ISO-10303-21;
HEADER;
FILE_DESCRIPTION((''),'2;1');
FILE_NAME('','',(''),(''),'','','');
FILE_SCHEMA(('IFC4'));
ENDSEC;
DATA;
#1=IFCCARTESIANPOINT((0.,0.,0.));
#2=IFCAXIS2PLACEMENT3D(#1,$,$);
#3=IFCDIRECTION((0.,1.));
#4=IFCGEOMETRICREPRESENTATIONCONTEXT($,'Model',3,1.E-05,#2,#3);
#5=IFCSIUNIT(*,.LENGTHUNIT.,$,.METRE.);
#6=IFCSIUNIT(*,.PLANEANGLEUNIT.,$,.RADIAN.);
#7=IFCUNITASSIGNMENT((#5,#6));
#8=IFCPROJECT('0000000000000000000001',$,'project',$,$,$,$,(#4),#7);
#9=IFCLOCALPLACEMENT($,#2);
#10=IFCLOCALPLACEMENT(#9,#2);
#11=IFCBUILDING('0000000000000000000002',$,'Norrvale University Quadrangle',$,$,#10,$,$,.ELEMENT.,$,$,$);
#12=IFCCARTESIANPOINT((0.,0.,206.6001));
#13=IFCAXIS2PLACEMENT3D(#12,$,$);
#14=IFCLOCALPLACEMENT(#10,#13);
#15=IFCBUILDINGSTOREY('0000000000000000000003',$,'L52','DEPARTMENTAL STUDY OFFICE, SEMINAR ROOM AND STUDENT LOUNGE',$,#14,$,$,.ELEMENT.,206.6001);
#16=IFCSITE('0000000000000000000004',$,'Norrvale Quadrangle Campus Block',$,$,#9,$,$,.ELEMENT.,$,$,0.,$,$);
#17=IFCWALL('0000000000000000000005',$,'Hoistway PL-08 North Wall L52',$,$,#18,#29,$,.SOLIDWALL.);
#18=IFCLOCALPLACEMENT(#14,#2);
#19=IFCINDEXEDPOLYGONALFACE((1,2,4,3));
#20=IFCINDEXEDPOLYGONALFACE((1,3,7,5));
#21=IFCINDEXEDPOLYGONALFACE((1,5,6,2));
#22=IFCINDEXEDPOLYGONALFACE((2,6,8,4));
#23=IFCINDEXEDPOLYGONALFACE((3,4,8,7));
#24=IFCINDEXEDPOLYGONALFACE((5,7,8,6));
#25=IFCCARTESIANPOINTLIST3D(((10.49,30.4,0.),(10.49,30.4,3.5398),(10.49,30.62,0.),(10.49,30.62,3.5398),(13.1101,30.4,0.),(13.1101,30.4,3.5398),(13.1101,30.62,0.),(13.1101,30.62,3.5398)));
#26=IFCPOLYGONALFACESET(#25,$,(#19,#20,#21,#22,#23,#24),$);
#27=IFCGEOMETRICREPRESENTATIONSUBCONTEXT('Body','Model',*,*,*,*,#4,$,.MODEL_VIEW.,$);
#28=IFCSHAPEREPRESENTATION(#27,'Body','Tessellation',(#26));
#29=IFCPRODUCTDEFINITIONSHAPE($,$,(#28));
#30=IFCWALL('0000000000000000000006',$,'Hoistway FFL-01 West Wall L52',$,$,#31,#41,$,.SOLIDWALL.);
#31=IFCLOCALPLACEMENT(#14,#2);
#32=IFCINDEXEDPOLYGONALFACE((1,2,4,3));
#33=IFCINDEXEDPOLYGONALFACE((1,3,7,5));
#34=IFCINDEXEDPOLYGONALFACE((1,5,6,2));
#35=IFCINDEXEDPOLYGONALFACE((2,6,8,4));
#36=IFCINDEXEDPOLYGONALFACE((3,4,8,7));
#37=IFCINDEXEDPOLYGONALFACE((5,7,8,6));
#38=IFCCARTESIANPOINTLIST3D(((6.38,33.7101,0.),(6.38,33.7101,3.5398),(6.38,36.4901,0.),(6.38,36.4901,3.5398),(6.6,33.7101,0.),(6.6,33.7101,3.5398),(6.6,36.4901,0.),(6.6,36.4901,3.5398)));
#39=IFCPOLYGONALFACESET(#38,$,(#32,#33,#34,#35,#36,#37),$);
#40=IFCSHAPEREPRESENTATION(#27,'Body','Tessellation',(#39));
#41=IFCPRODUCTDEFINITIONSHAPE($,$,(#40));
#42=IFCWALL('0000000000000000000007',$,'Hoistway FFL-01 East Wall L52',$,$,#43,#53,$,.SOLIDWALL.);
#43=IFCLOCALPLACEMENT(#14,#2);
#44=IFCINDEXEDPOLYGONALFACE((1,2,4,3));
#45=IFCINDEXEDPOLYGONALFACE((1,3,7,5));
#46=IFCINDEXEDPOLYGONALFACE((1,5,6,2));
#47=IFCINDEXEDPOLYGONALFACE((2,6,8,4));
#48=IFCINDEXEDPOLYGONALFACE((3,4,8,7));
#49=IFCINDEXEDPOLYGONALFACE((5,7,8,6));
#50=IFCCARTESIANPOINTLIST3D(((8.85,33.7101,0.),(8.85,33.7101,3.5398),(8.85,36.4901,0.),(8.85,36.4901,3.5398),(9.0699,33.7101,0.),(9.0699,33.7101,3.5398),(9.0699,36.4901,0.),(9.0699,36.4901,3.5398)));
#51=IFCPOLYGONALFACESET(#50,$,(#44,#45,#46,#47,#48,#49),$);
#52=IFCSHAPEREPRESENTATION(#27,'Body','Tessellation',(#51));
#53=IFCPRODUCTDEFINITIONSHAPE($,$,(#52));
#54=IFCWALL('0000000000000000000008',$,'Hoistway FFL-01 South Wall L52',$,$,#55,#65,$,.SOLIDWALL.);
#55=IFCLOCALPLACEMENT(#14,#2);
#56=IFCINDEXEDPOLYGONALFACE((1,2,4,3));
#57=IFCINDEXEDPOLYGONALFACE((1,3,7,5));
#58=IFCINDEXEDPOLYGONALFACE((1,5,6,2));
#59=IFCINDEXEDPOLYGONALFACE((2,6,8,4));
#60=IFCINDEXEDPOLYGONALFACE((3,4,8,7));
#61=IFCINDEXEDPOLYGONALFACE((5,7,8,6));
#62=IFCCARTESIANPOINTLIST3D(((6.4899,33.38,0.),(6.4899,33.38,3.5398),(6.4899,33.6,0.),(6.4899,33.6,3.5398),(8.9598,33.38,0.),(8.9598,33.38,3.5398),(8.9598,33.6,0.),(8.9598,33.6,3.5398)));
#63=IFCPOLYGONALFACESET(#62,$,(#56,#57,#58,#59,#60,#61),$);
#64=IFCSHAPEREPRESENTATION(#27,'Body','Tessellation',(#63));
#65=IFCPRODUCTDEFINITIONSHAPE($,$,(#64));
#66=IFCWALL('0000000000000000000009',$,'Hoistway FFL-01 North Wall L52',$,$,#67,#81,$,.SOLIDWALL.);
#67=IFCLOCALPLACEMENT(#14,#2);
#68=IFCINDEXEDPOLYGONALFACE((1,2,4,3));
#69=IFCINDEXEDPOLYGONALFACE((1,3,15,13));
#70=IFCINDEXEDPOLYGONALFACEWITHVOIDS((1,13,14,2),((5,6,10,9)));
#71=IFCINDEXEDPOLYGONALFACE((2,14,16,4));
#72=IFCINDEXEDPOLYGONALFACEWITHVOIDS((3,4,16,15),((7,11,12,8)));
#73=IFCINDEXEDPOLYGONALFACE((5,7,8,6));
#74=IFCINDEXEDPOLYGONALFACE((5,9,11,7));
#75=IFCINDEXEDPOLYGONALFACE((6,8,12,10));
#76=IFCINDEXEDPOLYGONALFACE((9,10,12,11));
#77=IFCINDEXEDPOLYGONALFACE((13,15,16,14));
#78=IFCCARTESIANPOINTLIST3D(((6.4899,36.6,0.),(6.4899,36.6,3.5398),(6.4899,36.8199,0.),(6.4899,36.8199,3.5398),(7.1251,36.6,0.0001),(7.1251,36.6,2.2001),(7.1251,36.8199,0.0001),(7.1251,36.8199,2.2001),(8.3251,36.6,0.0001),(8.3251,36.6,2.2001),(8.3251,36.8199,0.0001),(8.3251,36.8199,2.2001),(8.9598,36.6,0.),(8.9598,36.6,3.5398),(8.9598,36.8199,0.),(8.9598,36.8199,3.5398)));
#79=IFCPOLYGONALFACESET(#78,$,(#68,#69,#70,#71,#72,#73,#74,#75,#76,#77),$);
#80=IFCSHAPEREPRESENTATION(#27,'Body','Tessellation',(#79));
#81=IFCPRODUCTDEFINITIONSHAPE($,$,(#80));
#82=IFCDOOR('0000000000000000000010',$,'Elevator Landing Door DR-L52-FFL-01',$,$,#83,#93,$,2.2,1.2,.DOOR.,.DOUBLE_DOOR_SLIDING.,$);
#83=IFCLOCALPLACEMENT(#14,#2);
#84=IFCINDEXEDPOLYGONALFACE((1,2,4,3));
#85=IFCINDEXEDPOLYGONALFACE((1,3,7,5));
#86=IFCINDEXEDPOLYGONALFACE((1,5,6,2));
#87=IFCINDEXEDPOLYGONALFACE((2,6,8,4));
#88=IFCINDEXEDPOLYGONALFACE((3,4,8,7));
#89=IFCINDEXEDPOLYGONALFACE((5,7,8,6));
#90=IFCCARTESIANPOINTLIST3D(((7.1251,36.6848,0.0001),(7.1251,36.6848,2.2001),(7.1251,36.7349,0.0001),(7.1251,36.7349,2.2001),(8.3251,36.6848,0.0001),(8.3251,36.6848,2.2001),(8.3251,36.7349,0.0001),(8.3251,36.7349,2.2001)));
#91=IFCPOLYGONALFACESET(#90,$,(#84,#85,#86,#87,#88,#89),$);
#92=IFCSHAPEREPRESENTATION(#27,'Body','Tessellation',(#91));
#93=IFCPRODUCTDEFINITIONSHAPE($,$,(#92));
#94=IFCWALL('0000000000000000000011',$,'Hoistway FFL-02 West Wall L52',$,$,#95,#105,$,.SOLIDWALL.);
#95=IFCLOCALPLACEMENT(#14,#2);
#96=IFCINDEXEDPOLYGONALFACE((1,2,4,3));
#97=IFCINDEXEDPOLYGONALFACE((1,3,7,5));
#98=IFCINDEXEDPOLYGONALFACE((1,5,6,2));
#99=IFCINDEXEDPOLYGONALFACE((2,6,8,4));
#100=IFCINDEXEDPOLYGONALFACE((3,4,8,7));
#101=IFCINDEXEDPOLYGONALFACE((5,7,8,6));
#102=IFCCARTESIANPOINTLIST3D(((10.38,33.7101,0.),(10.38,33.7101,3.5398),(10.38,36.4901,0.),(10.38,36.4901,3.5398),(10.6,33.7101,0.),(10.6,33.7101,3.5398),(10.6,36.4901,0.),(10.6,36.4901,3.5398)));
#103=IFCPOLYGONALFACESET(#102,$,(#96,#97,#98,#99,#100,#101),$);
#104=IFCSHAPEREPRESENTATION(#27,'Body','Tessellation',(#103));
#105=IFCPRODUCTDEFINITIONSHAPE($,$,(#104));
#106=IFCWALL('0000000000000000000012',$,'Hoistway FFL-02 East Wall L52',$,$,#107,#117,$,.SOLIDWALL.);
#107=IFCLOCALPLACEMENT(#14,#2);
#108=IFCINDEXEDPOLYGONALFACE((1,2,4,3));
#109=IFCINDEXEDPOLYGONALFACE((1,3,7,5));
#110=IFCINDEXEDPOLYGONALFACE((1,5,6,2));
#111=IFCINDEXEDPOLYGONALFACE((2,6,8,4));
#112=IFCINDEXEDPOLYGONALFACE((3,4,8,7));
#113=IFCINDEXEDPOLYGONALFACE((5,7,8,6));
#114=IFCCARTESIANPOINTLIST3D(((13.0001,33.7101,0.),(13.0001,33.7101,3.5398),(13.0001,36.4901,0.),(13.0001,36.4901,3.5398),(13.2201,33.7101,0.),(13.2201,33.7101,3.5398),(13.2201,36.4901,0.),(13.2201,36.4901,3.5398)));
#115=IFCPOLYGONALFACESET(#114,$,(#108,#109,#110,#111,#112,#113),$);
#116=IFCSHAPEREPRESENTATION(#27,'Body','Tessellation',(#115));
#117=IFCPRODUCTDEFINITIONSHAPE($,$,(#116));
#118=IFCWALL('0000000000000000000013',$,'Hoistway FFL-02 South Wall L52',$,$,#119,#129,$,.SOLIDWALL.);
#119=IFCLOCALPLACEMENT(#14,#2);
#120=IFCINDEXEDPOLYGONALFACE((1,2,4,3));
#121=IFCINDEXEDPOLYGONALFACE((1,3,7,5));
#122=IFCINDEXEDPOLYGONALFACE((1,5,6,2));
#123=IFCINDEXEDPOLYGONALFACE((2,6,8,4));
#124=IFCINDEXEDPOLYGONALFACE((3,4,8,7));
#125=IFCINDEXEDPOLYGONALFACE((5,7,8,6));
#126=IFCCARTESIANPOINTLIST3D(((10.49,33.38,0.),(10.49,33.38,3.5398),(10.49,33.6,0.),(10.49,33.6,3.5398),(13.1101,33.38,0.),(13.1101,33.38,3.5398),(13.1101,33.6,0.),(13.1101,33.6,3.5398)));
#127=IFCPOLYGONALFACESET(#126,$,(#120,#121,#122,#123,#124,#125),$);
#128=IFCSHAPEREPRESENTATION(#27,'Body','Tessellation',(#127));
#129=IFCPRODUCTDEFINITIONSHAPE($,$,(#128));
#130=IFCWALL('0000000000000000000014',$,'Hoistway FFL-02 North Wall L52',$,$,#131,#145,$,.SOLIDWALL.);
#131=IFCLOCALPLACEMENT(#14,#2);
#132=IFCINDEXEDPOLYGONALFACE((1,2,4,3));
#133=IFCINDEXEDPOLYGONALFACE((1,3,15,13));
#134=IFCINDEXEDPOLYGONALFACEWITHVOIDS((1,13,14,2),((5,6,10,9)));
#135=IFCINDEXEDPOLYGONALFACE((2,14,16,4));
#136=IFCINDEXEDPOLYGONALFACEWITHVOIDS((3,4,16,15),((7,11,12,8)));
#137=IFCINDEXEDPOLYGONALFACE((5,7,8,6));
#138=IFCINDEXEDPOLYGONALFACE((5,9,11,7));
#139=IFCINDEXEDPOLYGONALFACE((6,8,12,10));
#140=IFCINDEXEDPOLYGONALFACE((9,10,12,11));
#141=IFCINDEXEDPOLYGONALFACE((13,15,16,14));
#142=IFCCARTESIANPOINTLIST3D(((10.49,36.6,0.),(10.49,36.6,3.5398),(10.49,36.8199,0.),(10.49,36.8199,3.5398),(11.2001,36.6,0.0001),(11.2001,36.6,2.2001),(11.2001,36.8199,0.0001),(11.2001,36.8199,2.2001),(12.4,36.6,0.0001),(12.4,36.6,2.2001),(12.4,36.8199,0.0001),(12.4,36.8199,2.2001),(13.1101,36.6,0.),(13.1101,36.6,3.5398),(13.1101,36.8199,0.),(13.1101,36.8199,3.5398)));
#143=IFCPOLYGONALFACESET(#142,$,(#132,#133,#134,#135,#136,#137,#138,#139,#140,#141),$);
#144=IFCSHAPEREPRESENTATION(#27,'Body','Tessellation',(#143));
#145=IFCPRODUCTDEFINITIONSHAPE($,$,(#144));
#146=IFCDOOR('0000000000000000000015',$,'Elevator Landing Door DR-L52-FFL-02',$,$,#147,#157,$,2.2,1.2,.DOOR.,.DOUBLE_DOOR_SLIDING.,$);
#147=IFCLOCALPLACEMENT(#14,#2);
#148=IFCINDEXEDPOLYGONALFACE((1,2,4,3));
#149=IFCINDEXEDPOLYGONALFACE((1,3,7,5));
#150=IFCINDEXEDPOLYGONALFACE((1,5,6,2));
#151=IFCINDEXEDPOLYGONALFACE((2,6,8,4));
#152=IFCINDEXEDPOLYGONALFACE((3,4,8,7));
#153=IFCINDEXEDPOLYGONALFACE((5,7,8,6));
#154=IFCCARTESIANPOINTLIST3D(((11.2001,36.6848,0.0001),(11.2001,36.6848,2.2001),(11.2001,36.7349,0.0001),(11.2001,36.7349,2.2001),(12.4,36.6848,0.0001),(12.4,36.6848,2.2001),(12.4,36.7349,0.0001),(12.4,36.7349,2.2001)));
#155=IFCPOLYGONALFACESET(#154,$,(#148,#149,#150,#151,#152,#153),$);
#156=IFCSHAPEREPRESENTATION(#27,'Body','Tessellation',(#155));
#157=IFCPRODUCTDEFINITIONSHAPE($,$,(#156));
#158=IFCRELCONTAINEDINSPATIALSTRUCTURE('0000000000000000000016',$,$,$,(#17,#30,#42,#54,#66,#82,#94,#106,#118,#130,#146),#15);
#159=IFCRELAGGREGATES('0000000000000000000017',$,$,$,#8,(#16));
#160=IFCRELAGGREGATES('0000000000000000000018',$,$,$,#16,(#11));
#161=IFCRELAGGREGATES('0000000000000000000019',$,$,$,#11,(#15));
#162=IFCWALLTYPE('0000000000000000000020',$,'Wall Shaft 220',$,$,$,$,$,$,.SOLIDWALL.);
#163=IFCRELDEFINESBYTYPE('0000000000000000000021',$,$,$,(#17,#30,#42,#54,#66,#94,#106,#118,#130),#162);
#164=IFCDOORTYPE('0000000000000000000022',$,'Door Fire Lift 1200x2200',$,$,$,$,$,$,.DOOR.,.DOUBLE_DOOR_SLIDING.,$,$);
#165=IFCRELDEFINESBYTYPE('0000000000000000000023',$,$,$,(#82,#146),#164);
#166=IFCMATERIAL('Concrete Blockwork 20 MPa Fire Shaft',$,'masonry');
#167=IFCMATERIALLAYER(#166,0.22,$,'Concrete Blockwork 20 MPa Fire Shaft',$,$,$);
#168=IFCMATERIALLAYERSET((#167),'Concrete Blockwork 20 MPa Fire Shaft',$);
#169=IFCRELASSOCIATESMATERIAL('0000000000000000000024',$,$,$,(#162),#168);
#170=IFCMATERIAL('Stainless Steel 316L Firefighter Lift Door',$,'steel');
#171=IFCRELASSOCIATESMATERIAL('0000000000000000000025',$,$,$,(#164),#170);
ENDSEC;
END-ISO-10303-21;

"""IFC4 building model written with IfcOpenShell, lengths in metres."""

from ifc_helpers import new_model, si_unit, direction, frame, frame_2d, origin, place, context, subcontext, project, spatial, rectangle, extrude, material, layer, layer_set, type_object, element, fill, save


model = new_model("IFC4")

# Units and contexts
model_context = context("Model", 3, precision=1e-05, world=origin(), true_north=direction((0.0, 1.0)))
body_context = subcontext(model_context, "Body", "Model", "MODEL_VIEW")
ifc_project = project(units=[si_unit("LENGTHUNIT", "METRE"), si_unit("PLANEANGLEUNIT", "RADIAN")], contexts=[model_context])

# Site, building, storey
site_placement = place(None, origin())
site = spatial("IfcSite", under=ifc_project, at=site_placement, Name="Norrvale Quadrangle Campus Block", CompositionType="ELEMENT", RefElevation=0.0)
building_placement = place(site_placement, origin())
building = spatial("IfcBuilding", under=site, at=building_placement, Name="Norrvale University Quadrangle", CompositionType="ELEMENT")
storey_placement = place(building_placement, frame((0.0, 0.0, 206.6001)))
storey = spatial("IfcBuildingStorey", under=building, at=storey_placement, Name="L52", Description="DEPARTMENTAL STUDY OFFICE, SEMINAR ROOM AND STUDENT LOUNGE", CompositionType="ELEMENT", Elevation=206.6001)

# Walls
ifc_material_1 = material(Name="Concrete Blockwork 20 MPa Fire Shaft", Category="masonry")
ifc_layer_1 = layer(ifc_material_1, 0.22, Name="Concrete Blockwork 20 MPa Fire Shaft")
ifc_layer_set_1 = layer_set([ifc_layer_1], Name="Concrete Blockwork 20 MPa Fire Shaft")
wall_type_1 = type_object("IfcWallType", Name="Wall Shaft 220", PredefinedType="SOLIDWALL", material=ifc_layer_set_1)
wall_1_placement = place(storey_placement, frame((10.49, 30.51, 0.0), z_axis=(0.0, 0.0, 1.0), x_axis=(1.0, 0.0, 0.0)))
element("IfcWall", 1, at=wall_1_placement, inside=storey, type_object=wall_type_1, Name="Hoistway PL-08 North Wall L52", PredefinedType="SOLIDWALL", context=body_context, shape_type="SweptSolid", body=[
    extrude(rectangle(XDim=2.6201, YDim=0.22, at=frame_2d((1.3101, 0.0))), origin(), (0.0, 0.0, 1.0), 3.5398),
])
for number, where, z_axis, x_axis, name in (
    (2, (6.49, 33.71, 0.0), (0.0, 0.0, 1.0), (0.0, 1.0, 0.0), "Hoistway FFL-01 West Wall L52"),
    (3, (8.96, 33.71, 0.0), (0.0, 0.0, 1.0), (0.0, 1.0, 0.0), "Hoistway FFL-01 East Wall L52"),
):
    element("IfcWall", number, at=place(storey_placement, frame(where, z_axis=z_axis, x_axis=x_axis)), inside=storey, type_object=wall_type_1, Name=name, PredefinedType="SOLIDWALL", context=body_context, shape_type="SweptSolid", body=[
        extrude(rectangle(XDim=2.78, YDim=0.22, at=frame_2d((1.3901, 0.0))), origin(), (0.0, 0.0, 1.0), 3.5398),
    ])
wall_2_placement = place(storey_placement, frame((6.49, 33.49, 0.0), z_axis=(0.0, 0.0, 1.0), x_axis=(1.0, 0.0, 0.0)))
element("IfcWall", 4, at=wall_2_placement, inside=storey, type_object=wall_type_1, Name="Hoistway FFL-01 South Wall L52", PredefinedType="SOLIDWALL", context=body_context, shape_type="SweptSolid", body=[
    extrude(rectangle(XDim=2.47, YDim=0.22, at=frame_2d((1.2349, 0.0))), origin(), (0.0, 0.0, 1.0), 3.5398),
])

# Wall, opening, door
wall_3_placement = place(storey_placement, frame((6.49, 36.71, 0.0), z_axis=(0.0, 0.0, 1.0), x_axis=(1.0, 0.0, 0.0)))
wall_3 = element("IfcWall", 5, at=wall_3_placement, inside=storey, type_object=wall_type_1, Name="Hoistway FFL-01 North Wall L52", PredefinedType="SOLIDWALL", context=body_context, shape_type="SweptSolid", body=[
    extrude(rectangle(XDim=2.47, YDim=0.22, at=frame_2d((1.2349, 0.0))), origin(), (0.0, 0.0, 1.0), 3.5398),
])
opening_1_placement = place(wall_3_placement, frame((0.635, 0.0, 0.0)))
opening_1 = element("IfcOpeningElement", 6, at=opening_1_placement, cuts=wall_3, PredefinedType="OPENING", context=body_context, shape_type="SweptSolid", body=[
    extrude(rectangle(XDim=1.2, YDim=2.2, at=frame_2d((0.6001, 1.1001))), frame((0.0, 0.1221, 0.0), z_axis=(0.0, -1.0, 0.0), x_axis=(1.0, 0.0, 0.0)), (0.0, 0.0, 1.0), 0.2439),
])
ifc_material_2 = material(Name="Stainless Steel 316L Firefighter Lift Door", Category="steel")
door_type_1 = type_object("IfcDoorType", Name="Door Fire Lift 1200x2200", OperationType="DOUBLE_DOOR_SLIDING", PredefinedType="DOOR", material=ifc_material_2)
door_1_placement = place(opening_1_placement, origin())
door_1 = element("IfcDoor", 7, at=door_1_placement, inside=storey, type_object=door_type_1, Name="Elevator Landing Door DR-L52-FFL-01", OperationType="DOUBLE_DOOR_SLIDING", OverallHeight=2.2, OverallWidth=1.2, PredefinedType="DOOR", context=body_context, shape_type="SweptSolid", body=[
    extrude(rectangle(XDim=1.2, YDim=2.2, at=frame_2d((0.6001, 1.1001))), frame((0.0, 0.0249, 0.0), z_axis=(0.0, -1.0, 0.0), x_axis=(1.0, 0.0, 0.0)), (0.0, 0.0, 1.0), 0.05),
])
fill(opening_1, door_1)

# Walls
for number, where, z_axis, x_axis, name in (
    (8, (10.49, 33.71, 0.0), (0.0, 0.0, 1.0), (0.0, 1.0, 0.0), "Hoistway FFL-02 West Wall L52"),
    (9, (13.1101, 33.71, 0.0), (0.0, 0.0, 1.0), (0.0, 1.0, 0.0), "Hoistway FFL-02 East Wall L52"),
):
    element("IfcWall", number, at=place(storey_placement, frame(where, z_axis=z_axis, x_axis=x_axis)), inside=storey, type_object=wall_type_1, Name=name, PredefinedType="SOLIDWALL", context=body_context, shape_type="SweptSolid", body=[
        extrude(rectangle(XDim=2.78, YDim=0.22, at=frame_2d((1.3901, 0.0))), origin(), (0.0, 0.0, 1.0), 3.5398),
    ])
wall_4_placement = place(storey_placement, frame((10.49, 33.49, 0.0), z_axis=(0.0, 0.0, 1.0), x_axis=(1.0, 0.0, 0.0)))
element("IfcWall", 10, at=wall_4_placement, inside=storey, type_object=wall_type_1, Name="Hoistway FFL-02 South Wall L52", PredefinedType="SOLIDWALL", context=body_context, shape_type="SweptSolid", body=[
    extrude(rectangle(XDim=2.6201, YDim=0.22, at=frame_2d((1.3101, 0.0))), origin(), (0.0, 0.0, 1.0), 3.5398),
])

# Wall, opening, door
wall_5_placement = place(storey_placement, frame((10.49, 36.71, 0.0), z_axis=(0.0, 0.0, 1.0), x_axis=(1.0, 0.0, 0.0)))
wall_5 = element("IfcWall", 11, at=wall_5_placement, inside=storey, type_object=wall_type_1, Name="Hoistway FFL-02 North Wall L52", PredefinedType="SOLIDWALL", context=body_context, shape_type="SweptSolid", body=[
    extrude(rectangle(XDim=2.6201, YDim=0.22, at=frame_2d((1.3101, 0.0))), origin(), (0.0, 0.0, 1.0), 3.5398),
])
opening_2_placement = place(wall_5_placement, frame((0.71, 0.0, 0.0)))
opening_2 = element("IfcOpeningElement", 12, at=opening_2_placement, cuts=wall_5, PredefinedType="OPENING", context=body_context, shape_type="SweptSolid", body=[
    extrude(rectangle(XDim=1.2, YDim=2.2, at=frame_2d((0.6001, 1.1001))), frame((0.0, 0.1221, 0.0), z_axis=(0.0, -1.0, 0.0), x_axis=(1.0, 0.0, 0.0)), (0.0, 0.0, 1.0), 0.2439),
])
door_2_placement = place(opening_2_placement, origin())
door_2 = element("IfcDoor", 13, at=door_2_placement, inside=storey, type_object=door_type_1, Name="Elevator Landing Door DR-L52-FFL-02", OperationType="DOUBLE_DOOR_SLIDING", OverallHeight=2.2, OverallWidth=1.2, PredefinedType="DOOR", context=body_context, shape_type="SweptSolid", body=[
    extrude(rectangle(XDim=1.2, YDim=2.2, at=frame_2d((0.6001, 1.1001))), frame((0.0, 0.0249, 0.0), z_axis=(0.0, -1.0, 0.0), x_axis=(1.0, 0.0, 0.0)), (0.0, 0.0, 1.0), 0.05),
])
fill(opening_2, door_2)

save(model, "model.ifc")
